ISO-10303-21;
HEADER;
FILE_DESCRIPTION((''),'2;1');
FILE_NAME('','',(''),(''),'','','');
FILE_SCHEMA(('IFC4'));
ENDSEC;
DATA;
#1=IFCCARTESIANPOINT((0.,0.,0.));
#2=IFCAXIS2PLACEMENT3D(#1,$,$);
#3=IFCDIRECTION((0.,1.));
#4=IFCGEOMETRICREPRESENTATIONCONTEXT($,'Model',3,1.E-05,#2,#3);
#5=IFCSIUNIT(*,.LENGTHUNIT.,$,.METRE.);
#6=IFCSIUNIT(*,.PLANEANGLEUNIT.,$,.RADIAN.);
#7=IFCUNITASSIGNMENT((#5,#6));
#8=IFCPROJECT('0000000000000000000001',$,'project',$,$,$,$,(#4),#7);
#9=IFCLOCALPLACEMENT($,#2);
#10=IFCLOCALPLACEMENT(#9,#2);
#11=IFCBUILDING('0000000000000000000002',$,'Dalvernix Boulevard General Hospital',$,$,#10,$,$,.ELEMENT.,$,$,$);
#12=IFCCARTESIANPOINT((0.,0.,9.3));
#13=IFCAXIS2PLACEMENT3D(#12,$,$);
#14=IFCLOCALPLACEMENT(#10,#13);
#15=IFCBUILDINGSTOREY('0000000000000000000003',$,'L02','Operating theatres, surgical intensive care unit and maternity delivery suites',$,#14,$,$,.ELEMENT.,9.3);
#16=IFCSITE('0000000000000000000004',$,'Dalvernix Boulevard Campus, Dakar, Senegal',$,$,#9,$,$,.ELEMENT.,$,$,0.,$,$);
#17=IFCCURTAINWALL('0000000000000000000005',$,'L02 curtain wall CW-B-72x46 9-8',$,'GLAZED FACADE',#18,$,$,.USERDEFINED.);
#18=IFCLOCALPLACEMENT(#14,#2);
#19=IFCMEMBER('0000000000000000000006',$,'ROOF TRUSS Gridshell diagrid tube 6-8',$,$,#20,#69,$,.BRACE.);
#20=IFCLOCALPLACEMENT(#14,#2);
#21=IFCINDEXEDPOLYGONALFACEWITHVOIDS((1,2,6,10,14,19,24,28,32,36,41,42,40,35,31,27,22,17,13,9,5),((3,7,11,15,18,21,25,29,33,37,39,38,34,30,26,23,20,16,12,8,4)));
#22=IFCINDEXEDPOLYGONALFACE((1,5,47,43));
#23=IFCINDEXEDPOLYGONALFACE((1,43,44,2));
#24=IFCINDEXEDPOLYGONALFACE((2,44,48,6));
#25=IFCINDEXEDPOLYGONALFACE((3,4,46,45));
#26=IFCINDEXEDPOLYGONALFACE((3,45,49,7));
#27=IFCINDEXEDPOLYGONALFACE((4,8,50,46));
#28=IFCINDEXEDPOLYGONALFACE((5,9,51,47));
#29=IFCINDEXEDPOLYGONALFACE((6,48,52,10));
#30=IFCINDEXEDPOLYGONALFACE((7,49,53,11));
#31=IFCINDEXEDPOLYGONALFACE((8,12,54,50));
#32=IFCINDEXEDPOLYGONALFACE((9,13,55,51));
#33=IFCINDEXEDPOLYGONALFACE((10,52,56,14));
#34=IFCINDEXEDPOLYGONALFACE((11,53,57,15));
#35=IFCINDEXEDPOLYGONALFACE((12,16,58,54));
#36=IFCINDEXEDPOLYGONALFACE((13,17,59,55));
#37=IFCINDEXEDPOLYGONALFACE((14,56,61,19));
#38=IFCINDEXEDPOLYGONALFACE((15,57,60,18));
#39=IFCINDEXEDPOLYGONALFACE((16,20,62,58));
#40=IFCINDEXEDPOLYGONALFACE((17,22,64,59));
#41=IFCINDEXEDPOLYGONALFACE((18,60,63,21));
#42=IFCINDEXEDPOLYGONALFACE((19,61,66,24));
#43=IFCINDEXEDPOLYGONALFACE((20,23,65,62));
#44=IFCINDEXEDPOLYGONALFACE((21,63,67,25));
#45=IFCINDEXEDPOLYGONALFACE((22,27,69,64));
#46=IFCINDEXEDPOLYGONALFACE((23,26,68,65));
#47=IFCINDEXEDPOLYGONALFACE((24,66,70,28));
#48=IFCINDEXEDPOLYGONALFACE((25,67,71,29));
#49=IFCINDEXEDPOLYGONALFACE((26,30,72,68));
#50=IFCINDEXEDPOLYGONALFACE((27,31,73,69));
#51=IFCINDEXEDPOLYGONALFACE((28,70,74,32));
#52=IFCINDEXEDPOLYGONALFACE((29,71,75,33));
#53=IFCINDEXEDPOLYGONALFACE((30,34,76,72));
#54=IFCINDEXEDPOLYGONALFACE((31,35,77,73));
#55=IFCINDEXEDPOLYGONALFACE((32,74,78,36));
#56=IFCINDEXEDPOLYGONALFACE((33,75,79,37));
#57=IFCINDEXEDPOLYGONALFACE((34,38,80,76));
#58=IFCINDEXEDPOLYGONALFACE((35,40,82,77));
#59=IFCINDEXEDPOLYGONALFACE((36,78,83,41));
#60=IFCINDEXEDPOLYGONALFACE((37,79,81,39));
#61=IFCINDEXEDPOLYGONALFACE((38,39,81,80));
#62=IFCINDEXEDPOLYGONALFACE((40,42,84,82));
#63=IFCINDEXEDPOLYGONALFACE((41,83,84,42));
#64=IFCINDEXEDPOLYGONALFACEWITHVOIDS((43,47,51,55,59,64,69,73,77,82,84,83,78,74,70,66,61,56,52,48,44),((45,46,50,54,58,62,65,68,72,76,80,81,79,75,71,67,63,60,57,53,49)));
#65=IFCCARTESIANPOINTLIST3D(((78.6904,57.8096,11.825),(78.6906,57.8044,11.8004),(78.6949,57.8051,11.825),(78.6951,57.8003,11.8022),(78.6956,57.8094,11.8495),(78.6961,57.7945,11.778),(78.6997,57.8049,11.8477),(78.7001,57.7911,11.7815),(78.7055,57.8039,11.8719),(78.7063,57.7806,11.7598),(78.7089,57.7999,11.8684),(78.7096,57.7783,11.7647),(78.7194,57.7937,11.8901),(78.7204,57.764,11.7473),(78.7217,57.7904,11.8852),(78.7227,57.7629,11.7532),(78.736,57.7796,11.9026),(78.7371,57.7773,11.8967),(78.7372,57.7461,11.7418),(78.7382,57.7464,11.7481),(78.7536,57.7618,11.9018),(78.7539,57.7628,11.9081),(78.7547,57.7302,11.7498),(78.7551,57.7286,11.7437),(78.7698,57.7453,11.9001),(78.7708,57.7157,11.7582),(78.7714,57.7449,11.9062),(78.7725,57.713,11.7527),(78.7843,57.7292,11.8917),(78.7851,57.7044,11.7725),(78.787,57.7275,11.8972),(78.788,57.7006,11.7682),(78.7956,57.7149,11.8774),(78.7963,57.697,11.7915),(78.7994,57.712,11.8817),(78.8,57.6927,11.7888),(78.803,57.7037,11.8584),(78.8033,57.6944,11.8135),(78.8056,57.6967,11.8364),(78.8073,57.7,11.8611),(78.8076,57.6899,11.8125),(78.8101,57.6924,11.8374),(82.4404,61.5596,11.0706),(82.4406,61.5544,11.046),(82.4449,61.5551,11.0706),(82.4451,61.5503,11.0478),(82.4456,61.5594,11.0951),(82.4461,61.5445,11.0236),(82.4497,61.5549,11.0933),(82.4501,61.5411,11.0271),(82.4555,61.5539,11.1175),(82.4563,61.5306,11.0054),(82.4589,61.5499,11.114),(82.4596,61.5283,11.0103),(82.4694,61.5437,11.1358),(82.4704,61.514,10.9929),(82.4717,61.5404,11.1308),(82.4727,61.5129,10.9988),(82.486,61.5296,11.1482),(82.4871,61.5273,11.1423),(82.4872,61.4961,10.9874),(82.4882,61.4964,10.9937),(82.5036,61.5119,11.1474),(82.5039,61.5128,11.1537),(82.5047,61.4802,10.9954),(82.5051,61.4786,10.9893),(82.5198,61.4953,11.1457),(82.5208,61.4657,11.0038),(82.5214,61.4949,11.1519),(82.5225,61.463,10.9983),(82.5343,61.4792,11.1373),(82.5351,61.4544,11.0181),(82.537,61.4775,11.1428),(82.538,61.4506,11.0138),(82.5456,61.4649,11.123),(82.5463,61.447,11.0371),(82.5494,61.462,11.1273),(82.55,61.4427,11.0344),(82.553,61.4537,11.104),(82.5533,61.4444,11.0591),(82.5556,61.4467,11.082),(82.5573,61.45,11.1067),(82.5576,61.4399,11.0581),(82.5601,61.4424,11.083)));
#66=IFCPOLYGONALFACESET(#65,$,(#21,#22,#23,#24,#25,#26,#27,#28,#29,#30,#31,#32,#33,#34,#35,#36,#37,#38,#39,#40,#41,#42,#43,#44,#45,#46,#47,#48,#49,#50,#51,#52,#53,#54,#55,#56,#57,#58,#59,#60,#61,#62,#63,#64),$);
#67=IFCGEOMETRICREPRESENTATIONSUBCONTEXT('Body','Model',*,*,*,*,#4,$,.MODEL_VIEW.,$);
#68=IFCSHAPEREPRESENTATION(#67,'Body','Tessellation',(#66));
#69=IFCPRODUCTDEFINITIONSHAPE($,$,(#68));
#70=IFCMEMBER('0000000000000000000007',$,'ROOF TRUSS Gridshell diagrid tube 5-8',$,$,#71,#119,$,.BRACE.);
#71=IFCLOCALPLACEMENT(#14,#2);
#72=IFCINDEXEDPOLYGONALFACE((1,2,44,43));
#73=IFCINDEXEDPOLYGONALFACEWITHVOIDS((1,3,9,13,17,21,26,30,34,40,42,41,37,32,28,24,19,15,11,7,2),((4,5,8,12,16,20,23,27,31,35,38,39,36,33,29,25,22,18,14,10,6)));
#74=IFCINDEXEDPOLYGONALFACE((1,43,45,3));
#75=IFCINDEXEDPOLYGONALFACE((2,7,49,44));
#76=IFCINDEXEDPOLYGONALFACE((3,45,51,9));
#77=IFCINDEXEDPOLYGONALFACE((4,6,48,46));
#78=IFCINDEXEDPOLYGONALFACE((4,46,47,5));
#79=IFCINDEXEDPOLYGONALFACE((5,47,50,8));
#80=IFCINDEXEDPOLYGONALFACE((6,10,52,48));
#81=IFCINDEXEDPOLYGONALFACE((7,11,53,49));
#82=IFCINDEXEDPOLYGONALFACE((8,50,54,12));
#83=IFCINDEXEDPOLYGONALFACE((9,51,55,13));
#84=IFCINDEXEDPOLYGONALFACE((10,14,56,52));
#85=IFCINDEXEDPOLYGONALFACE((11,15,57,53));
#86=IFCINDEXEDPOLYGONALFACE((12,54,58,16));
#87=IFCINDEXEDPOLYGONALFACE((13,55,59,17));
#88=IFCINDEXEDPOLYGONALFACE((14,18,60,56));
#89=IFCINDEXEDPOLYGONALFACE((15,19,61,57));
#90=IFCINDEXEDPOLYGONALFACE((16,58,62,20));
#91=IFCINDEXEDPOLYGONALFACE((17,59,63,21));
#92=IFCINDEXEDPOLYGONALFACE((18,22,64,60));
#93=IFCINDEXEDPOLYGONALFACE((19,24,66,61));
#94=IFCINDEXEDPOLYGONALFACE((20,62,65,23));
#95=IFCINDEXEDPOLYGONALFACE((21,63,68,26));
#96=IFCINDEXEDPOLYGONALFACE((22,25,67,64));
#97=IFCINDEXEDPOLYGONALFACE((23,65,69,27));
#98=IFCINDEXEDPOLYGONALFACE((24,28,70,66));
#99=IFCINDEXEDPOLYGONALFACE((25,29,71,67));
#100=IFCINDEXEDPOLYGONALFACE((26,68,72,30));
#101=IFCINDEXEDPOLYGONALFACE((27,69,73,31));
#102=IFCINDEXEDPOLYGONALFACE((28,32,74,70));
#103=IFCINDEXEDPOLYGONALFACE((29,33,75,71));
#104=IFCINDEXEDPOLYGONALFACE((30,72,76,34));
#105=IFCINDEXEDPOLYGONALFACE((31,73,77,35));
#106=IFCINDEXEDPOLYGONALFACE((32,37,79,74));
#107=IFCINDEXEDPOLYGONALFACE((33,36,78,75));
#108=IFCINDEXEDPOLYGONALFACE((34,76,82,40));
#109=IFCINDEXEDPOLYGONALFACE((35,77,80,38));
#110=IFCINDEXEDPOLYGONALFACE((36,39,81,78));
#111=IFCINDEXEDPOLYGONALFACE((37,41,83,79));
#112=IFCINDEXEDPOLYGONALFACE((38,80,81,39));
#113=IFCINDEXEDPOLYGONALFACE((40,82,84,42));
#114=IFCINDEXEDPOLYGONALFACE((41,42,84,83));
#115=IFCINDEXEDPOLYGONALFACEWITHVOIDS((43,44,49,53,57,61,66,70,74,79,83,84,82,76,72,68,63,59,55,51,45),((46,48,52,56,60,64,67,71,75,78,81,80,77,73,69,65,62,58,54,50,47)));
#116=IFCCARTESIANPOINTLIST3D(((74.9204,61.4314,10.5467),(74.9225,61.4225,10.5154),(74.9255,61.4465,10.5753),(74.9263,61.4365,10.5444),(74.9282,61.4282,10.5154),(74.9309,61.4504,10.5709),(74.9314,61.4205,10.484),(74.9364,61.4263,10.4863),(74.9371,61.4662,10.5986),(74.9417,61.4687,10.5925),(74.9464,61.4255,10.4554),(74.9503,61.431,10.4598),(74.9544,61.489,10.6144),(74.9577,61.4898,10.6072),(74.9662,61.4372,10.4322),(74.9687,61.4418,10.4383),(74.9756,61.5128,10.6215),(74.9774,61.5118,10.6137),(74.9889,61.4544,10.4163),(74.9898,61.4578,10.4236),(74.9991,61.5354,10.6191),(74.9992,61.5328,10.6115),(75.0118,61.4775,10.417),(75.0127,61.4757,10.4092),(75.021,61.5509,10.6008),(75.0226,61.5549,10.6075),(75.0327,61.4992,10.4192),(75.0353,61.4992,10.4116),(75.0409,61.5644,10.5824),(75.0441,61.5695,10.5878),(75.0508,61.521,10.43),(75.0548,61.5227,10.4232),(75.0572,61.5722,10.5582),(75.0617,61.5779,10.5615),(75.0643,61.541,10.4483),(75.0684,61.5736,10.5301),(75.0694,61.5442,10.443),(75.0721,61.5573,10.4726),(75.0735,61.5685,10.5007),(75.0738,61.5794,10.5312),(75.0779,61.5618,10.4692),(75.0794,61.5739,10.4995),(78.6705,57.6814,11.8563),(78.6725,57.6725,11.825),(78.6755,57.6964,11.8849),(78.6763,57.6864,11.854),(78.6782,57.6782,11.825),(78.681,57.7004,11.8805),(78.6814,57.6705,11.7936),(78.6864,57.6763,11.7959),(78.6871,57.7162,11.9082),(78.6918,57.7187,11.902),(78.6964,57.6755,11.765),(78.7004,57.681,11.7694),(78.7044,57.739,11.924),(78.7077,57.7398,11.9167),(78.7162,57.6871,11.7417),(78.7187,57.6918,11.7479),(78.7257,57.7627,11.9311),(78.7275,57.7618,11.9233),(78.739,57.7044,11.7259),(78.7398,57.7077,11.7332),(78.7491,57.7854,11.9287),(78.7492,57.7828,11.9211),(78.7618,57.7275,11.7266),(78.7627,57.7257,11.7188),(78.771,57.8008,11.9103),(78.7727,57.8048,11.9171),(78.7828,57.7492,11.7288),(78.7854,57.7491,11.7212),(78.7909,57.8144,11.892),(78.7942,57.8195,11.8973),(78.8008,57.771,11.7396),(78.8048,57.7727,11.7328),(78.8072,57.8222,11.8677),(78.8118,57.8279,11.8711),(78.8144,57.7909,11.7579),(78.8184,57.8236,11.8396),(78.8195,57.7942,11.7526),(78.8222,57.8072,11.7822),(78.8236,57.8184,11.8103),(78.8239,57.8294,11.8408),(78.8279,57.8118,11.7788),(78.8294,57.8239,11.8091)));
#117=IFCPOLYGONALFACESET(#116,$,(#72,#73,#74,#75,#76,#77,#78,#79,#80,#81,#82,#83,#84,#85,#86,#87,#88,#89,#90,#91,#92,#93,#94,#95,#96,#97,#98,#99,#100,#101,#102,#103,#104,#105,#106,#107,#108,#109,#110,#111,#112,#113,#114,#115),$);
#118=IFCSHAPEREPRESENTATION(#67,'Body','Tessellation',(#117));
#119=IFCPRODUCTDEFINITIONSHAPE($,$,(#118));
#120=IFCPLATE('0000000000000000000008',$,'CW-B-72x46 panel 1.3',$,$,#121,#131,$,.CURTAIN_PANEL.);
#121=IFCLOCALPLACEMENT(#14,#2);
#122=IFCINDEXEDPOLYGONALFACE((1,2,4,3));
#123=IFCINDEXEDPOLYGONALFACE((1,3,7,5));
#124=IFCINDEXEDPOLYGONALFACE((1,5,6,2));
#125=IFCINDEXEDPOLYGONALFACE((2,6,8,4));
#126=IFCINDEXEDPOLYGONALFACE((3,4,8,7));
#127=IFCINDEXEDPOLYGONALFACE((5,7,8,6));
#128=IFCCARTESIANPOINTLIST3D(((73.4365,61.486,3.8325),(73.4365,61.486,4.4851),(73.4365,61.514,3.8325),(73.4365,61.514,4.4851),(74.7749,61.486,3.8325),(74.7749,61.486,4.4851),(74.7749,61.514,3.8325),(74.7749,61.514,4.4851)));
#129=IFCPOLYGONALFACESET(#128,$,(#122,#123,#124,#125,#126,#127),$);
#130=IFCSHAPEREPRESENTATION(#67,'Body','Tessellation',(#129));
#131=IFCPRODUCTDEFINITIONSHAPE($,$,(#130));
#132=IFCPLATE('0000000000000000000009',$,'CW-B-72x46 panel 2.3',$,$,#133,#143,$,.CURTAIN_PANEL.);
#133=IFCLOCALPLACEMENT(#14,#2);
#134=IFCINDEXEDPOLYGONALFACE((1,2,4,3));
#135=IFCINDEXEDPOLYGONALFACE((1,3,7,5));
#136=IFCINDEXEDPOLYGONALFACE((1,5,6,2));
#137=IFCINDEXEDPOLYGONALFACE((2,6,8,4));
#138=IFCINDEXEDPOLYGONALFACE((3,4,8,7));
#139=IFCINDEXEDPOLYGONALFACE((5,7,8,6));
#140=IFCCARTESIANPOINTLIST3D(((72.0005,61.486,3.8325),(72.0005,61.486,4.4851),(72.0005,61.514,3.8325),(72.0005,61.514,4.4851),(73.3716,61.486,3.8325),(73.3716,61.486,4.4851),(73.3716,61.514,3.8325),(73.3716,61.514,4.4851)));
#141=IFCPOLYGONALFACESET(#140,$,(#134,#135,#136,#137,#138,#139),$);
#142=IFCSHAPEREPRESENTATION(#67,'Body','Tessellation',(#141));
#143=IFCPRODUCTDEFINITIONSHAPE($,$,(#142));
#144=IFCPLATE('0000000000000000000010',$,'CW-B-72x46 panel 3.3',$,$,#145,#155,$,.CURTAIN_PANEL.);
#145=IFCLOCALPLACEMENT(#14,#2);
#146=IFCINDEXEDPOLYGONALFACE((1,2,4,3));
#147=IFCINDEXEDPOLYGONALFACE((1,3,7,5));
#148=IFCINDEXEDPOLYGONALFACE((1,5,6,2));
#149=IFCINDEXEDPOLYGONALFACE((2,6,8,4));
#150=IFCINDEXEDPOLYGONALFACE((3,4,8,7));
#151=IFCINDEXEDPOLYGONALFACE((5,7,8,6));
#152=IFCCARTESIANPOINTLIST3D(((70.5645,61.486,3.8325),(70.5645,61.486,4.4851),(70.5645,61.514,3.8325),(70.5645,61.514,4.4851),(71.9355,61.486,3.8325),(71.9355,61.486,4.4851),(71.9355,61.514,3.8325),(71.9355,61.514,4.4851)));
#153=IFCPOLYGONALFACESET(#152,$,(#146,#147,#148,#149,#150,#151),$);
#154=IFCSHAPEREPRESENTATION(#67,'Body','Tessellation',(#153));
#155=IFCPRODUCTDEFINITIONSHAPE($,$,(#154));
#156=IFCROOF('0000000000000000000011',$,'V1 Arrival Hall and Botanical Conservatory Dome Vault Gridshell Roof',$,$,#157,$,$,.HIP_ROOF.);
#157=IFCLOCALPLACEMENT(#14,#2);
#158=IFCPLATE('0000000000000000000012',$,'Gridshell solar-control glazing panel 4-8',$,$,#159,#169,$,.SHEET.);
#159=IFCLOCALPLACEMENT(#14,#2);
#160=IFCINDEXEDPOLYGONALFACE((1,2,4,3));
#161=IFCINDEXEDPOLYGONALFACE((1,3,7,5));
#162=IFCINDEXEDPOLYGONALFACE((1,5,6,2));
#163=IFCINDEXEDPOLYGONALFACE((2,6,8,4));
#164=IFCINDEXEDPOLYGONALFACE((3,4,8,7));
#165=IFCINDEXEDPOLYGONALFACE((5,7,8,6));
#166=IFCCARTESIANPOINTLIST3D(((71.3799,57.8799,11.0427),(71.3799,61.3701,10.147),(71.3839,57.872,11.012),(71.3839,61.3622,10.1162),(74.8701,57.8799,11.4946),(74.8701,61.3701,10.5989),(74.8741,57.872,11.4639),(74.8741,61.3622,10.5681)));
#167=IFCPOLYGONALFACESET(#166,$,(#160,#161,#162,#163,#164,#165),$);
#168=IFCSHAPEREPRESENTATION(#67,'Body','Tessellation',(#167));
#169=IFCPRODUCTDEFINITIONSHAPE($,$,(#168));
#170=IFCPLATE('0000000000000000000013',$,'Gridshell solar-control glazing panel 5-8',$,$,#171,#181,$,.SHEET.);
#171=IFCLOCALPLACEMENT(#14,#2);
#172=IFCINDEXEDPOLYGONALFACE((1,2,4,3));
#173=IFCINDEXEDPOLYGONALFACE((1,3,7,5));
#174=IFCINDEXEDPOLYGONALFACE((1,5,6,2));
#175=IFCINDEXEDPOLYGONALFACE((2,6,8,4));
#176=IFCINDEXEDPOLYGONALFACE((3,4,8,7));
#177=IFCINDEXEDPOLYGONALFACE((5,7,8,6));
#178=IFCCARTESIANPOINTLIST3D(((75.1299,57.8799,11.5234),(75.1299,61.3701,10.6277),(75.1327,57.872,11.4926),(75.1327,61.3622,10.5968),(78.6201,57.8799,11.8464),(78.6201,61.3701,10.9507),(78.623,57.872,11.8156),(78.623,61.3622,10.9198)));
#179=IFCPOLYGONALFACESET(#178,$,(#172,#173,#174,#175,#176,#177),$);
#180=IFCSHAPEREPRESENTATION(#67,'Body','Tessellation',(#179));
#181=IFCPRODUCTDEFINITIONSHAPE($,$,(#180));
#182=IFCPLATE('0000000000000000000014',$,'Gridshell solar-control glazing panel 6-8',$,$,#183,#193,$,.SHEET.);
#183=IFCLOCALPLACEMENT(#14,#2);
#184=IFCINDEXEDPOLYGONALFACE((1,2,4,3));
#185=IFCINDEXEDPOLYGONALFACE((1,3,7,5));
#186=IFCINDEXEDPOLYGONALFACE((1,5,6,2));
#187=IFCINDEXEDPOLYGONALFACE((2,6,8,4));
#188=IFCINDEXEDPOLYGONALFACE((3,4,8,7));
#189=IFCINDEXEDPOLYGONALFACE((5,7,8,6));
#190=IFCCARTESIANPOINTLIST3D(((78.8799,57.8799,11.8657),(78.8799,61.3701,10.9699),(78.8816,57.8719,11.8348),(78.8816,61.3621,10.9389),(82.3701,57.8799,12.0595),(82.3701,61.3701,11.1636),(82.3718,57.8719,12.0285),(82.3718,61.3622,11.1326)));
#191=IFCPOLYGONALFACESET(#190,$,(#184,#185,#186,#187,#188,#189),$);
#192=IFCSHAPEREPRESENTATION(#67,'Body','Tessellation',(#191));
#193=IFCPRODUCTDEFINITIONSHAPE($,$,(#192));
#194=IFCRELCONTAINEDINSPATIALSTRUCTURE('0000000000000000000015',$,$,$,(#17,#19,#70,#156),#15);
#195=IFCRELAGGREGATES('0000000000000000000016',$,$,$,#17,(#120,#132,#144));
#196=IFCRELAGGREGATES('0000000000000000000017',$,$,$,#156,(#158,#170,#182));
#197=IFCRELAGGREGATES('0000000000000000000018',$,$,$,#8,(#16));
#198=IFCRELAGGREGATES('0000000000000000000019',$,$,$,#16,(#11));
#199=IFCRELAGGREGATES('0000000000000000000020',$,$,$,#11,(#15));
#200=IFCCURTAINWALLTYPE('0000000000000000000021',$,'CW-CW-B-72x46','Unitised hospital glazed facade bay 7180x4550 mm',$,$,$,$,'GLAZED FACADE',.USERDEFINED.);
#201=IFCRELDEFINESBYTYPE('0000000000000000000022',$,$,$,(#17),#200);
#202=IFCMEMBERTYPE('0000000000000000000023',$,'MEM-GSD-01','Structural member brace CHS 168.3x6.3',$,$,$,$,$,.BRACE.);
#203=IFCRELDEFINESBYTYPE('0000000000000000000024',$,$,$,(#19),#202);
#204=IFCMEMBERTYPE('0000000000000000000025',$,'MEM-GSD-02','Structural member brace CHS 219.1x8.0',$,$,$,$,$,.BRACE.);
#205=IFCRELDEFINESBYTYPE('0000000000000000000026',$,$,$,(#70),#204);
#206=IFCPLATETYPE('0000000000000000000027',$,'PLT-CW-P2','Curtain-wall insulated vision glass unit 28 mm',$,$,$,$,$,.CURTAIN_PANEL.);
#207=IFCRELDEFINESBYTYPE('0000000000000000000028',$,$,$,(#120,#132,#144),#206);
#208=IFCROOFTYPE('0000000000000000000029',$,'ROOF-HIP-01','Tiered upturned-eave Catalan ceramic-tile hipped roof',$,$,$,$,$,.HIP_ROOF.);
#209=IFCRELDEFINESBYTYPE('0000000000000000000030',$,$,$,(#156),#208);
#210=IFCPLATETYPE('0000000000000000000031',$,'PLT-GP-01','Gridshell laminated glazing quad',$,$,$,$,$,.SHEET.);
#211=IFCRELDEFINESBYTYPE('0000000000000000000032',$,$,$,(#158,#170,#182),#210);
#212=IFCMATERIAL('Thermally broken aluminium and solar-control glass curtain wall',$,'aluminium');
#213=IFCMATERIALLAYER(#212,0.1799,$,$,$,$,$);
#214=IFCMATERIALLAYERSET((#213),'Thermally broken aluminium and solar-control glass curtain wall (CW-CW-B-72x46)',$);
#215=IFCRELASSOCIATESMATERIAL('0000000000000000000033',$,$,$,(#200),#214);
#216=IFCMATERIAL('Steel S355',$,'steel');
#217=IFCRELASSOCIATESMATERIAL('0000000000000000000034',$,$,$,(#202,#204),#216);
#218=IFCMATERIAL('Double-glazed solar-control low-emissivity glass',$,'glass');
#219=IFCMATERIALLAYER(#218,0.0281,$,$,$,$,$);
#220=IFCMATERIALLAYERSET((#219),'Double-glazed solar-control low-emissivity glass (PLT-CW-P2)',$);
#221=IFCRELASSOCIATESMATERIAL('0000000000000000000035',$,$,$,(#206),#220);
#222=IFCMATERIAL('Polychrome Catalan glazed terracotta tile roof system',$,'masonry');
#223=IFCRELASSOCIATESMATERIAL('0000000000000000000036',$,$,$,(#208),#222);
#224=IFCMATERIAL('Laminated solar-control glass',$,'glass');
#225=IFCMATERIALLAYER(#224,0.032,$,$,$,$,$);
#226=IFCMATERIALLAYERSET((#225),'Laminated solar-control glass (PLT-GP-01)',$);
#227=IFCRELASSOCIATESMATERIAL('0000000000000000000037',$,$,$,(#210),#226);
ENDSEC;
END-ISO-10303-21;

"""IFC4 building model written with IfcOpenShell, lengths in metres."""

from ifc_helpers import new_model, si_unit, direction, frame, origin, origin_2d, place, context, subcontext, project, spatial, polyline, rectangle, hollow_circle, outline, extrude, material, layer, layer_set, material_profile, profile_set, type_object, element, aggregate, save


model = new_model("IFC4")

# Units and contexts
model_context = context("Model", 3, precision=1e-05, world=origin(), true_north=direction((0.0, 1.0)))
body_context = subcontext(model_context, "Body", "Model", "MODEL_VIEW")
ifc_project = project(units=[si_unit("LENGTHUNIT", "METRE"), si_unit("PLANEANGLEUNIT", "RADIAN")], contexts=[model_context])

# Site, building, storey
site_placement = place(None, origin())
site = spatial("IfcSite", under=ifc_project, at=site_placement, Name="Dalvernix Boulevard Campus, Dakar, Senegal", CompositionType="ELEMENT", RefElevation=0.0)
building_placement = place(site_placement, origin())
building = spatial("IfcBuilding", under=site, at=building_placement, Name="Dalvernix Boulevard General Hospital", CompositionType="ELEMENT")
storey_placement = place(building_placement, frame((0.0, 0.0, 9.3)))
storey = spatial("IfcBuildingStorey", under=building, at=storey_placement, Name="L02", Description="Operating theatres, surgical intensive care unit and maternity delivery suites", CompositionType="ELEMENT", Elevation=9.3)

# Shared definitions
ifc_material_1 = material(Name="Steel S355", Category="steel")

# Curtain wall
ifc_material_2 = material(Name="Thermally broken aluminium and solar-control glass curtain wall", Category="aluminium")
ifc_layer_1 = layer(ifc_material_2, 0.1799)
ifc_layer_set_1 = layer_set([ifc_layer_1], Name="Thermally broken aluminium and solar-control glass curtain wall (CW-CW-B-72x46)")
curtain_wall_type = type_object("IfcCurtainWallType", Name="CW-CW-B-72x46", Description="Unitised hospital glazed facade bay 7180x4550 mm", ElementType="GLAZED FACADE", PredefinedType="USERDEFINED", material=ifc_layer_set_1)
curtain_wall_placement = place(storey_placement, origin())
curtain_wall = element("IfcCurtainWall", 1, at=curtain_wall_placement, inside=storey, type_object=curtain_wall_type, Name="L02 curtain wall CW-B-72x46 9-8", ObjectType="GLAZED FACADE", PredefinedType="USERDEFINED")

# Members
ifc_material_profile_1 = material_profile(ifc_material_1, hollow_circle(Radius=0.0842, WallThickness=0.0063, at=origin_2d()), Name="CHS 168.3x6.3")
ifc_profile_set_1 = profile_set([ifc_material_profile_1], Name="Steel S355")
member_type_1 = type_object("IfcMemberType", Name="MEM-GSD-01", Description="Structural member brace CHS 168.3x6.3", PredefinedType="BRACE", material=ifc_profile_set_1)
member_1_placement = place(storey_placement, frame((78.75, 57.75, 11.825), z_axis=(0.700059, 0.700059, -0.140832), x_axis=(-0.707107, 0.707107, 0.0)))
element("IfcMember", 2, at=member_1_placement, inside=storey, type_object=member_type_1, Name="ROOF TRUSS Gridshell diagrid tube 6-8", PredefinedType="BRACE", context=body_context, shape_type="SweptSolid", body=[
    extrude(hollow_circle(Radius=0.0842, WallThickness=0.0063, at=origin_2d()), origin(), (0.0, 0.0, 1.0), 5.3567),
])
ifc_material_profile_2 = material_profile(ifc_material_1, hollow_circle(Radius=0.1096, WallThickness=0.0081, at=origin_2d()), Name="CHS 219.1x8.0")
ifc_profile_set_2 = profile_set([ifc_material_profile_2], Name="Steel S355")
member_type_2 = type_object("IfcMemberType", Name="MEM-GSD-02", Description="Structural member brace CHS 219.1x8.0", PredefinedType="BRACE", material=ifc_profile_set_2)
member_2_placement = place(storey_placement, frame((78.75, 57.75, 11.825), z_axis=(-0.686487, 0.686487, -0.239734), x_axis=(-0.707107, -0.707107, 0.0)))
element("IfcMember", 3, at=member_2_placement, inside=storey, type_object=member_type_2, Name="ROOF TRUSS Gridshell diagrid tube 5-8", PredefinedType="BRACE", context=body_context, shape_type="SweptSolid", body=[
    extrude(hollow_circle(Radius=0.1096, WallThickness=0.0081, at=origin_2d()), origin(), (0.0, 0.0, 1.0), 5.4626),
])

# Plates
ifc_material_3 = material(Name="Double-glazed solar-control low-emissivity glass", Category="glass")
ifc_layer_2 = layer(ifc_material_3, 0.0281)
ifc_layer_set_2 = layer_set([ifc_layer_2], Name="Double-glazed solar-control low-emissivity glass (PLT-CW-P2)")
plate_type_1 = type_object("IfcPlateType", Name="PLT-CW-P2", Description="Curtain-wall insulated vision glass unit 28 mm", PredefinedType="CURTAIN_PANEL", material=ifc_layer_set_2)
plate_1_placement = place(storey_placement, frame((74.1057, 61.5, 3.8325), z_axis=(0.0, 0.0, 1.0), x_axis=(-1.0, 0.0, 0.0)))
plate_1 = element("IfcPlate", 4, at=plate_1_placement, type_object=plate_type_1, Name="CW-B-72x46 panel 1.3", PredefinedType="CURTAIN_PANEL", context=body_context, shape_type="SweptSolid", body=[
    extrude(rectangle(XDim=1.3384, YDim=0.0281, at=origin_2d()), origin(), (0.0, 0.0, 1.0), 0.6526),
])
plate_2_placement = place(storey_placement, frame((72.686, 61.5, 3.8325), z_axis=(0.0, 0.0, 1.0), x_axis=(-1.0, 0.0, 0.0)))
plate_2 = element("IfcPlate", 5, at=plate_2_placement, type_object=plate_type_1, Name="CW-B-72x46 panel 2.3", PredefinedType="CURTAIN_PANEL", context=body_context, shape_type="SweptSolid", body=[
    extrude(rectangle(XDim=1.3711, YDim=0.0281, at=origin_2d()), origin(), (0.0, 0.0, 1.0), 0.6526),
])
plate_3_placement = place(storey_placement, frame((71.25, 61.5, 3.8325), z_axis=(0.0, 0.0, 1.0), x_axis=(-1.0, 0.0, 0.0)))
plate_3 = element("IfcPlate", 6, at=plate_3_placement, type_object=plate_type_1, Name="CW-B-72x46 panel 3.3", PredefinedType="CURTAIN_PANEL", context=body_context, shape_type="SweptSolid", body=[
    extrude(rectangle(XDim=1.3711, YDim=0.0281, at=origin_2d()), origin(), (0.0, 0.0, 1.0), 0.6526),
])
aggregate(curtain_wall, [plate_1, plate_2, plate_3])

# Roof, plates
ifc_material_4 = material(Name="Polychrome Catalan glazed terracotta tile roof system", Category="masonry")
roof_type = type_object("IfcRoofType", Name="ROOF-HIP-01", Description="Tiered upturned-eave Catalan ceramic-tile hipped roof", PredefinedType="HIP_ROOF", material=ifc_material_4)
roof_placement = place(storey_placement, origin())
roof = element("IfcRoof", 7, at=roof_placement, inside=storey, type_object=roof_type, Name="V1 Arrival Hall and Botanical Conservatory Dome Vault Gridshell Roof", PredefinedType="HIP_ROOF")
ifc_material_5 = material(Name="Laminated solar-control glass", Category="glass")
ifc_layer_3 = layer(ifc_material_5, 0.032)
ifc_layer_set_3 = layer_set([ifc_layer_3], Name="Laminated solar-control glass (PLT-GP-01)")
plate_type_2 = type_object("IfcPlateType", Name="PLT-GP-01", Description="Gridshell laminated glazing quad", PredefinedType="SHEET", material=ifc_layer_set_3)
plate_4_placement = place(storey_placement, frame((71.3799, 57.8799, 11.0427), z_axis=(-0.124438, 0.246657, 0.961081), x_axis=(0.991722, 0.0, 0.128405)))
plate_4 = element("IfcPlate", 8, at=plate_4_placement, type_object=plate_type_2, Name="Gridshell solar-control glazing panel 4-8", PredefinedType="SHEET", context=body_context, shape_type="SweptSolid", body=[
    extrude(outline(polyline([(0.0, 0.0), (3.5194, 0.0), (3.4043, 3.6015), (-0.115, 3.6015), (0.0, 0.0)])), origin(), (0.0, 0.0, -1.0), 0.032),
])
plate_5_placement = place(storey_placement, frame((75.1299, 57.8799, 11.5234), z_axis=(-0.08928, 0.247596, 0.964741), x_axis=(0.995745, 0.0, 0.09215)))
plate_5 = element("IfcPlate", 9, at=plate_5_placement, type_object=plate_type_2, Name="Gridshell solar-control glazing panel 5-8", PredefinedType="SHEET", context=body_context, shape_type="SweptSolid", body=[
    extrude(outline(polyline([(0.0, 0.0), (3.5051, 0.0), (3.4226, 3.6024), (-0.0825, 3.6024), (0.0, 0.0)])), origin(), (0.0, 0.0, -1.0), 0.032),
])
plate_6_placement = place(storey_placement, frame((78.8799, 57.8799, 11.8657), z_axis=(-0.053685, 0.248262, 0.967204), x_axis=(0.998463, -0.000008, 0.055422)))
plate_6 = element("IfcPlate", 10, at=plate_6_placement, type_object=plate_type_2, Name="Gridshell solar-control glazing panel 6-8", PredefinedType="SHEET", context=body_context, shape_type="SweptSolid", body=[
    extrude(outline(polyline([(0.0, 0.0), (3.4956, 0.0), (3.4459, 3.6031), (-0.0497, 3.603), (0.0, 0.0)])), origin(), (0.0, 0.0, -1.0), 0.032),
])
aggregate(roof, [plate_4, plate_5, plate_6])

save(model, "model.ifc")
